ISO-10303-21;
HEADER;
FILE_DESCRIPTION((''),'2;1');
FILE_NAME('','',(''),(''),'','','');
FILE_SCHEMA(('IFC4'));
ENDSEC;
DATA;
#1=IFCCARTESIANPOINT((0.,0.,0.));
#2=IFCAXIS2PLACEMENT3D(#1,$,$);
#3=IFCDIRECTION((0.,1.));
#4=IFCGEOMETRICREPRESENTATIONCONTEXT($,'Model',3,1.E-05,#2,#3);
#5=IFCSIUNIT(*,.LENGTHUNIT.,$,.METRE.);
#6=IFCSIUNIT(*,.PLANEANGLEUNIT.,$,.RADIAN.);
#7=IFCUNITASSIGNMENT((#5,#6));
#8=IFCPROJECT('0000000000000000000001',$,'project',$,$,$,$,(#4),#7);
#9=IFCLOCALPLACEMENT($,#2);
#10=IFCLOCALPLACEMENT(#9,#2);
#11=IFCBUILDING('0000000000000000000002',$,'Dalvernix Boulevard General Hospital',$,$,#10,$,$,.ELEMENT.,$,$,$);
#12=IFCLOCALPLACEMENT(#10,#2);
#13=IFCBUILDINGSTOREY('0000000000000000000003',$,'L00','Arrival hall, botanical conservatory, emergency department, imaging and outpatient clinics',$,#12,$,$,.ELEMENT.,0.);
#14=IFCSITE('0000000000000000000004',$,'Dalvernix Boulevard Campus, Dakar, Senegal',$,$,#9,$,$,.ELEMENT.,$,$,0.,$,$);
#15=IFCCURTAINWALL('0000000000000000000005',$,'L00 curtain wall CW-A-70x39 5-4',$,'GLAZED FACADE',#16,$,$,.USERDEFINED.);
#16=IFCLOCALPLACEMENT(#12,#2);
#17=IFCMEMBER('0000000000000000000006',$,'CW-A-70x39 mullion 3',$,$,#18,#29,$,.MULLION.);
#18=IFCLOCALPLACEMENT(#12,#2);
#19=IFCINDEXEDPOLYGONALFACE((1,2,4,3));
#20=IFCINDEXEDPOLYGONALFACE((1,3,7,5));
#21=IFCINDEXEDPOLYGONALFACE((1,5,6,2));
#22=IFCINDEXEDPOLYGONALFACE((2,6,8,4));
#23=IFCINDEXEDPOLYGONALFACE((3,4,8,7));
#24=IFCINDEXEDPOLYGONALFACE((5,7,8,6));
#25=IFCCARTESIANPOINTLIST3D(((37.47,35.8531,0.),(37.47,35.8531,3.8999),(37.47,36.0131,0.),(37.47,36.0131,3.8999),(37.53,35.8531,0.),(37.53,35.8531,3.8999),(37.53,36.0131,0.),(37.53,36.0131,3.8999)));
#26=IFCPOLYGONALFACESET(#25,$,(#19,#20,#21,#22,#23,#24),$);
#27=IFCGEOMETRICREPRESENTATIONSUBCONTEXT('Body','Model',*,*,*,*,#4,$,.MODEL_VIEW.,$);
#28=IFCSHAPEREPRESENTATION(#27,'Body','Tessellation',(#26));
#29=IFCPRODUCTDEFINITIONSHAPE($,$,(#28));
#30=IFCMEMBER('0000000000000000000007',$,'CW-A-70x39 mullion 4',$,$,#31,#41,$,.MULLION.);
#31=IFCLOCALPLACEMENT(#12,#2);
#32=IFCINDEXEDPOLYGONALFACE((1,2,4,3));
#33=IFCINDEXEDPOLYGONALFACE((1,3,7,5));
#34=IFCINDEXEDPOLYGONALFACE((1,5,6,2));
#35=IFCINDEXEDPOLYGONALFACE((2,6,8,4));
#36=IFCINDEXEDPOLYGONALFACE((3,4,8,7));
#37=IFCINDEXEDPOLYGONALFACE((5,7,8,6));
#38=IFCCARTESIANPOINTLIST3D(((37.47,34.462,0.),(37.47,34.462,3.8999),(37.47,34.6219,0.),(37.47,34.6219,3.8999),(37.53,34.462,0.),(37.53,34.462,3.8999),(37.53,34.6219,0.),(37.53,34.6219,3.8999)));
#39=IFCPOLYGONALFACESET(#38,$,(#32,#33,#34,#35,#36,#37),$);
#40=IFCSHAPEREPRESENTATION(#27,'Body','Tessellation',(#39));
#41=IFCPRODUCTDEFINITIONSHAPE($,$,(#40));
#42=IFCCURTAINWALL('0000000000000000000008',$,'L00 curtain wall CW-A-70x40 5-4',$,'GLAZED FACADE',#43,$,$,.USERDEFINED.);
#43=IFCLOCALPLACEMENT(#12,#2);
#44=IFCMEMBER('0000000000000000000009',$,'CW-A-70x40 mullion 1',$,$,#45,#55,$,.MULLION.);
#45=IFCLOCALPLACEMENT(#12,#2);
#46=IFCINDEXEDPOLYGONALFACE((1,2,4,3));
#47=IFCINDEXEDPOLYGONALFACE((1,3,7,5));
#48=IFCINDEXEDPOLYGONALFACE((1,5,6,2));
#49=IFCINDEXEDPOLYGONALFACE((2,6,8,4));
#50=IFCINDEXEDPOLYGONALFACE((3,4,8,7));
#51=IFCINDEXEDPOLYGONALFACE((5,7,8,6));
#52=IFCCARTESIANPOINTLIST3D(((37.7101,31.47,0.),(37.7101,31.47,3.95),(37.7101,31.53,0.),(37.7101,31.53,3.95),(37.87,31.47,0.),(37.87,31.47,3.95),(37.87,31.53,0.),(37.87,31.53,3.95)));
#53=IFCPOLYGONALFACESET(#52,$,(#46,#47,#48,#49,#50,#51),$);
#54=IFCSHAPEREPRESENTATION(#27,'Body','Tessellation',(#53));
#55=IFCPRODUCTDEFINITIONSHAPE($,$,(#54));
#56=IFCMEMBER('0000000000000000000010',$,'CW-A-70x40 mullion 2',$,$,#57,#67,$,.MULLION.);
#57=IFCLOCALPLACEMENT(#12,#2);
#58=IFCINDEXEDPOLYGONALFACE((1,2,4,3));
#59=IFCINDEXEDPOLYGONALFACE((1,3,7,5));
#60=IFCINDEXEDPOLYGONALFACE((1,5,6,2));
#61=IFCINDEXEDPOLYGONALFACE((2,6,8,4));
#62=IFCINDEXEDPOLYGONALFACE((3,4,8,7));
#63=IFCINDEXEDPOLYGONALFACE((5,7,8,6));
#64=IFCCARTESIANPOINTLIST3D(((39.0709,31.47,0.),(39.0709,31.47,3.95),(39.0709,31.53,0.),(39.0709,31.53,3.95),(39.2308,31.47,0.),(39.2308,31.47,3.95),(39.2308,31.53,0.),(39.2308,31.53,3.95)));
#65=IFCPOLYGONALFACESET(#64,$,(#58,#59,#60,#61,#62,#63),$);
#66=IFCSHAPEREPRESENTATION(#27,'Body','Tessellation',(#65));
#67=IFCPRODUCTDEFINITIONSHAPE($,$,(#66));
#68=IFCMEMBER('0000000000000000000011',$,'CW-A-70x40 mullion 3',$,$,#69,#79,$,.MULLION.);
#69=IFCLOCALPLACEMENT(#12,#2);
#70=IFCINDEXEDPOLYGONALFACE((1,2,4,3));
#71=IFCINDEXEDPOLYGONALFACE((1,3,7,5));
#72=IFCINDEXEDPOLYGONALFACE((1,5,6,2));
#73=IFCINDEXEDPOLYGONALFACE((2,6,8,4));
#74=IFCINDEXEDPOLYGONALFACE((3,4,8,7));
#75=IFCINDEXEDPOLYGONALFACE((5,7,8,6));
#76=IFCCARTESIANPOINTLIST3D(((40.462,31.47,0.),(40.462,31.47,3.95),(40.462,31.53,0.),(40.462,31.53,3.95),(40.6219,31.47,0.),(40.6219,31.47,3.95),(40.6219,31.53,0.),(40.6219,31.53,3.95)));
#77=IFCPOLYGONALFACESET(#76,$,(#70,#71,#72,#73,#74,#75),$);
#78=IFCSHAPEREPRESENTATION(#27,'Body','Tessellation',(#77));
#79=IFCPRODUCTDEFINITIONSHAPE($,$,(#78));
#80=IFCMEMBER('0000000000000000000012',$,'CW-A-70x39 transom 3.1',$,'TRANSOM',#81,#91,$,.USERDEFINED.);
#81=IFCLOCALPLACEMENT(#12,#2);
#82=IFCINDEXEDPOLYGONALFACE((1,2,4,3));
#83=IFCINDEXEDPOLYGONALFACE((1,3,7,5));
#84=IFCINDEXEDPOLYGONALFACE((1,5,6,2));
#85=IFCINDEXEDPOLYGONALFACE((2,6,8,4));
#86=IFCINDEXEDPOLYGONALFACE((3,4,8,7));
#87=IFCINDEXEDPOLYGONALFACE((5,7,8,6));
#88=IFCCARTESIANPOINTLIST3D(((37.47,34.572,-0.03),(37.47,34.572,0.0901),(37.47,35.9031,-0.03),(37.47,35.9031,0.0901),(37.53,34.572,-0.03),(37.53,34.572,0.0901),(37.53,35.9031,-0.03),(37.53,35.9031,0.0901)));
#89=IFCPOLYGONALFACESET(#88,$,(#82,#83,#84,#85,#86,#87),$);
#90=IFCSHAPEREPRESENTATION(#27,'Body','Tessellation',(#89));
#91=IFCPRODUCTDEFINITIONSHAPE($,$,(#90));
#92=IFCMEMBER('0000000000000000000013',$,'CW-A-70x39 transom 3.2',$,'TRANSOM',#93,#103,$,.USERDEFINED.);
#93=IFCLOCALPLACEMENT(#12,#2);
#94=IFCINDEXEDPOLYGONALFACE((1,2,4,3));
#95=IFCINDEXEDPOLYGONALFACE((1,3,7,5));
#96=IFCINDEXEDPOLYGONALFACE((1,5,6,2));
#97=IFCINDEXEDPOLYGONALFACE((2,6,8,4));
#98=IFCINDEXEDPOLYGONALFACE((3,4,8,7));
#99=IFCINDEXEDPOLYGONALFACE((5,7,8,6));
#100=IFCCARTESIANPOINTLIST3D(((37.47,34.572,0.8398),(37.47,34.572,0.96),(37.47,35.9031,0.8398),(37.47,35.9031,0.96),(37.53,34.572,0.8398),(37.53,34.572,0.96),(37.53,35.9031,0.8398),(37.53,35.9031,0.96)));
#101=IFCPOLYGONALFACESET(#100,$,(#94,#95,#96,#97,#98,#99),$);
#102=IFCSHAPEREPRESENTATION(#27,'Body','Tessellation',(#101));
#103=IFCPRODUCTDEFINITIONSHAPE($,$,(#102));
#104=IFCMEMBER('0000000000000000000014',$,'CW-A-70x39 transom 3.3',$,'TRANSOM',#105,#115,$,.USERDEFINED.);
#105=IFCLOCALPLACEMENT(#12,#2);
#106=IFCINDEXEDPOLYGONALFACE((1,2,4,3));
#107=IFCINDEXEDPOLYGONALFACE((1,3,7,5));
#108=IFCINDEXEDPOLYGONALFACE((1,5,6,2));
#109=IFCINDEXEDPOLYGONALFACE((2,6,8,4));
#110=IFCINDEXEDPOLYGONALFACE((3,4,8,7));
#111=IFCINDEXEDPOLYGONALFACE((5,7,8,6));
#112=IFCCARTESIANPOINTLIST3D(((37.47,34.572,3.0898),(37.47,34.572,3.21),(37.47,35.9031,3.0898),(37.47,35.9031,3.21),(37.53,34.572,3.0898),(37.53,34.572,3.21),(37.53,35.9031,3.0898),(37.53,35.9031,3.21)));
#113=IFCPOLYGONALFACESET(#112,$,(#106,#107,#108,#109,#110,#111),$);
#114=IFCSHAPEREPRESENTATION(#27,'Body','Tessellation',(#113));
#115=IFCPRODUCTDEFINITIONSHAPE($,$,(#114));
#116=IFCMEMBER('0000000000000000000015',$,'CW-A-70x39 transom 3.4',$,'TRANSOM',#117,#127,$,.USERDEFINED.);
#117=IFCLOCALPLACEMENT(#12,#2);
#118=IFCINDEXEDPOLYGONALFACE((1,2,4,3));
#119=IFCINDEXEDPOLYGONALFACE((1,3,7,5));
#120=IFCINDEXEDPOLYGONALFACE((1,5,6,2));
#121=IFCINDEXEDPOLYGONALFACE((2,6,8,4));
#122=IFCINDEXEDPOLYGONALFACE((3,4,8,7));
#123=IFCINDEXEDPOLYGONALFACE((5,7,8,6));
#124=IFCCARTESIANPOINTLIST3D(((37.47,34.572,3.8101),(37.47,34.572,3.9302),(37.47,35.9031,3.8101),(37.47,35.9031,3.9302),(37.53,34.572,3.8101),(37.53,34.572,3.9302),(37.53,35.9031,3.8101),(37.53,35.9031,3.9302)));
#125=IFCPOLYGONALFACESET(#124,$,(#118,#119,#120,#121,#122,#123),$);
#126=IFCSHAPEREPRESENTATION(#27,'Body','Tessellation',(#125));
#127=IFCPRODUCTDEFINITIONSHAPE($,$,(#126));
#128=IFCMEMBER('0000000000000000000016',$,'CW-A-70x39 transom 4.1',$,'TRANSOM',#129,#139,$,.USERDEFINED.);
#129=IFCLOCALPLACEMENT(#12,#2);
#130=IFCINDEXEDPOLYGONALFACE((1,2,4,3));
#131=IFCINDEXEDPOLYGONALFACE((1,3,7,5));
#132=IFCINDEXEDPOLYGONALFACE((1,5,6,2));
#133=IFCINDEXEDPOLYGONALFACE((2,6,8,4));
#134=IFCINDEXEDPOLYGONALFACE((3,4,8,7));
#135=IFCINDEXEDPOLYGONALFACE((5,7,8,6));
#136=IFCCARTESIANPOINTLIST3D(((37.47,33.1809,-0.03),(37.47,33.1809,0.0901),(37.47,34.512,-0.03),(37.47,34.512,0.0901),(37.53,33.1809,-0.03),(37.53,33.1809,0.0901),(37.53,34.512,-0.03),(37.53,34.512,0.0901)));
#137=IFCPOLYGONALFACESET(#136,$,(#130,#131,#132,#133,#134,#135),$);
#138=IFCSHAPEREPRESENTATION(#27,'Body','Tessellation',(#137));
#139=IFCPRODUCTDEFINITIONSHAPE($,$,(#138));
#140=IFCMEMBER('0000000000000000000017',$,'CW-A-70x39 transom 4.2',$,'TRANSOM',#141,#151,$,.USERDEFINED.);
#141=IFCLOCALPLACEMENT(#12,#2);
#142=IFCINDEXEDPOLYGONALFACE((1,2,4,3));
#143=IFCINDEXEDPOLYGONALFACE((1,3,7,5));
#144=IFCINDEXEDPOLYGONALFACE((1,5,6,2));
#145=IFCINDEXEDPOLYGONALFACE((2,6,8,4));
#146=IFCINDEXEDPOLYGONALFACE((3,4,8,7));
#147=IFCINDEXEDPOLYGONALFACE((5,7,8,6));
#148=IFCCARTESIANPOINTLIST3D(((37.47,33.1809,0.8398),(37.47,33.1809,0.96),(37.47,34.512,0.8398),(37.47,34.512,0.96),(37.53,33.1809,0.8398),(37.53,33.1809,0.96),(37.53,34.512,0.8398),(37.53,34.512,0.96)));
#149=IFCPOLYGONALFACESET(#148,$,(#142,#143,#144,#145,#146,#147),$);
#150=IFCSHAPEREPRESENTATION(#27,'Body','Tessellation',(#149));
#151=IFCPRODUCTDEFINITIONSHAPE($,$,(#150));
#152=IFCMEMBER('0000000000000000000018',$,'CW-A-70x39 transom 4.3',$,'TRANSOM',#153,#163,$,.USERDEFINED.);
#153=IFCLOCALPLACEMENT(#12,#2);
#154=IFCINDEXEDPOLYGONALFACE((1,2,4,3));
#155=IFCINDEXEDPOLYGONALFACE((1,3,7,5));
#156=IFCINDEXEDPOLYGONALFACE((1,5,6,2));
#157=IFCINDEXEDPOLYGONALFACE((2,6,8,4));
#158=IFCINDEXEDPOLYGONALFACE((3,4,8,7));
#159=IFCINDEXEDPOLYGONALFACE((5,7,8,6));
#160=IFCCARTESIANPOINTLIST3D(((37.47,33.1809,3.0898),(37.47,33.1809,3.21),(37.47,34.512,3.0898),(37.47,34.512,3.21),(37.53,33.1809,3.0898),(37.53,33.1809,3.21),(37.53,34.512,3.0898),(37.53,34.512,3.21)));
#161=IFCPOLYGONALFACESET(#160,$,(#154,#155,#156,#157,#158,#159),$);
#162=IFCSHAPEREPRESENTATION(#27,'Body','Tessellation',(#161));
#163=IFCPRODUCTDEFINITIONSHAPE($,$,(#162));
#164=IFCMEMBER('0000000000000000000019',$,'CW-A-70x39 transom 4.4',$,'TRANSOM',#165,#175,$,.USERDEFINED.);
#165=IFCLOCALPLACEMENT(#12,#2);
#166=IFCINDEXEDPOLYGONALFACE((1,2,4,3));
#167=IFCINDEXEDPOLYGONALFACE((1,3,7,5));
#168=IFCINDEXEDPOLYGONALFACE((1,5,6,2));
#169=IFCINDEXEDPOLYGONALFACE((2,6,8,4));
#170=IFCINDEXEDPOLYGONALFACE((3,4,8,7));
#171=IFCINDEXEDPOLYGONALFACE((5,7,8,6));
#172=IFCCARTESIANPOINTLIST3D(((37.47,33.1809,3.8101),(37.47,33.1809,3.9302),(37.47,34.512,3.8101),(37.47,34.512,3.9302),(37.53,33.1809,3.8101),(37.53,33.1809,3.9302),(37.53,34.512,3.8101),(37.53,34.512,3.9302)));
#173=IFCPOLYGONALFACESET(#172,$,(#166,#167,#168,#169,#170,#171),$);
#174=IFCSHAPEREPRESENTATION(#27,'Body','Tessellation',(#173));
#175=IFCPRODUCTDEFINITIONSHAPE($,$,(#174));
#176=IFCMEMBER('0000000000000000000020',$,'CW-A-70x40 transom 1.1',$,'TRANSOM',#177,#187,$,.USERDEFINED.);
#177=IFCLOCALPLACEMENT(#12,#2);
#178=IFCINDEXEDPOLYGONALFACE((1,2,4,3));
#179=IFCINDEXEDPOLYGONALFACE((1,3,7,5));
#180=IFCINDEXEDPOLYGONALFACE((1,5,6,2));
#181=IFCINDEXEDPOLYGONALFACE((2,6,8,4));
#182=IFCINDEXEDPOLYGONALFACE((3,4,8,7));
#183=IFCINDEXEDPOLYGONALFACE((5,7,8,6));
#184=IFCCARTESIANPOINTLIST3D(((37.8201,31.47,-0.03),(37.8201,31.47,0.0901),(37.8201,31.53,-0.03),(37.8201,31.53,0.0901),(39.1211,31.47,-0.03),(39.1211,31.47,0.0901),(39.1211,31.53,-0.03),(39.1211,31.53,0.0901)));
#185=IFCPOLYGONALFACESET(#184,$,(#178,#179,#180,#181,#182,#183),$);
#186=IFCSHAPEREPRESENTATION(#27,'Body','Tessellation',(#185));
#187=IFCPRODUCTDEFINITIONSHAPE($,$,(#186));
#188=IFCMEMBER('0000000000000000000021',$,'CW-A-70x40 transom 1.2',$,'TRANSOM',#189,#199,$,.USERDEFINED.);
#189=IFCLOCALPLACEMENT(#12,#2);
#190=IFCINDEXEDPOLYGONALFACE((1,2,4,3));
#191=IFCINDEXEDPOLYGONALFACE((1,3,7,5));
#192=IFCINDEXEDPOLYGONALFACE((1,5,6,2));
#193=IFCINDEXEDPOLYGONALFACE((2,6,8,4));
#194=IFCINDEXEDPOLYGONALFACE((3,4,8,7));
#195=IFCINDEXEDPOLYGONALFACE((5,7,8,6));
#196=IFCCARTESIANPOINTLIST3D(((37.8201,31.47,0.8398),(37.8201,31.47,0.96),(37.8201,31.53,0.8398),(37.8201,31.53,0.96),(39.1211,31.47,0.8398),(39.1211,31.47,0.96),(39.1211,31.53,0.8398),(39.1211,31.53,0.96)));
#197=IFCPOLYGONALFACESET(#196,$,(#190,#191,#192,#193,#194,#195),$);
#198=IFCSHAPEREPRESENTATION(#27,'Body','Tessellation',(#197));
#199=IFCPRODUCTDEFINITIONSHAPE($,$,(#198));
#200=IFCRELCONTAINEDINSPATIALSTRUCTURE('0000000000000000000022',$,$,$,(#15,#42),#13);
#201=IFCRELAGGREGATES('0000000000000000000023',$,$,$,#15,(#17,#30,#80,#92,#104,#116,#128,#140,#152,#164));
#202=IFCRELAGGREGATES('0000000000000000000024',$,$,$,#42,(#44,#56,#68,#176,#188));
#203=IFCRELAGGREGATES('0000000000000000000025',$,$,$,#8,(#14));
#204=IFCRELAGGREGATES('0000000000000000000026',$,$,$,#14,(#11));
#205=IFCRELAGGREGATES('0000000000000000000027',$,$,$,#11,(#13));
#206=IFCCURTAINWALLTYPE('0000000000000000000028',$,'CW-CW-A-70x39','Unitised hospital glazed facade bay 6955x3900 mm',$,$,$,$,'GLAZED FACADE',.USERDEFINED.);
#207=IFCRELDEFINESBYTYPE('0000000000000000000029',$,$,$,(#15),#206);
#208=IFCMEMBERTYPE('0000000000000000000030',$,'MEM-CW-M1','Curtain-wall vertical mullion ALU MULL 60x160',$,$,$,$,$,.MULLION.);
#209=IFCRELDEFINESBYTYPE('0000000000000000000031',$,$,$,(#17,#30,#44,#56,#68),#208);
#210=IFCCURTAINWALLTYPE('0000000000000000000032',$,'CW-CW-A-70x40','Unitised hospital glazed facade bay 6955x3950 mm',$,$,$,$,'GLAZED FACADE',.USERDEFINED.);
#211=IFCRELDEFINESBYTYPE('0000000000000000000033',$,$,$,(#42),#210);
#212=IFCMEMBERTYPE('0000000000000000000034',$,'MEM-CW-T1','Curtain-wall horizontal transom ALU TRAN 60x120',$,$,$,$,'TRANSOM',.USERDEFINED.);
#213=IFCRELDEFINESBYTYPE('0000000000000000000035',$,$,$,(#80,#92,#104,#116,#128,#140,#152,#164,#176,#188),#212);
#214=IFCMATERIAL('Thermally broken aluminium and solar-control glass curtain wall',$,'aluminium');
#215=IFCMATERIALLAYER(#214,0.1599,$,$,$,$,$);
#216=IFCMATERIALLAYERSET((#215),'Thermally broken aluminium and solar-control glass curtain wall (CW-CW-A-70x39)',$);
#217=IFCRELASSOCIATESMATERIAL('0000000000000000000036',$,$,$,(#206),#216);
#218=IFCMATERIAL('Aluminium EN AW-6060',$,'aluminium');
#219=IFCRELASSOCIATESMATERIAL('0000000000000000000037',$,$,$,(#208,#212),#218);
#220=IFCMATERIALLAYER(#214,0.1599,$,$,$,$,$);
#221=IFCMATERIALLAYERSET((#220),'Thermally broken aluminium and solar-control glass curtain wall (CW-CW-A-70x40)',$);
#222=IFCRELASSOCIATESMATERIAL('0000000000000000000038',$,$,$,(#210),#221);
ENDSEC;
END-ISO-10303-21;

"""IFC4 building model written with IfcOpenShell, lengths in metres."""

from ifc_helpers import new_model, si_unit, direction, frame, origin, origin_2d, place, context, subcontext, project, spatial, rectangle, extrude, material, layer, layer_set, material_profile, profile_set, type_object, element, aggregate, save


model = new_model("IFC4")

# Units and contexts
model_context = context("Model", 3, precision=1e-05, world=origin(), true_north=direction((0.0, 1.0)))
body_context = subcontext(model_context, "Body", "Model", "MODEL_VIEW")
ifc_project = project(units=[si_unit("LENGTHUNIT", "METRE"), si_unit("PLANEANGLEUNIT", "RADIAN")], contexts=[model_context])

# Site, building, storey
site_placement = place(None, origin())
site = spatial("IfcSite", under=ifc_project, at=site_placement, Name="Dalvernix Boulevard Campus, Dakar, Senegal", CompositionType="ELEMENT", RefElevation=0.0)
building_placement = place(site_placement, origin())
building = spatial("IfcBuilding", under=site, at=building_placement, Name="Dalvernix Boulevard General Hospital", CompositionType="ELEMENT")
storey_placement = place(building_placement, origin())
storey = spatial("IfcBuildingStorey", under=building, at=storey_placement, Name="L00", Description="Arrival hall, botanical conservatory, emergency department, imaging and outpatient clinics", CompositionType="ELEMENT", Elevation=0.0)

# Curtain walls, members
ifc_material_1 = material(Name="Thermally broken aluminium and solar-control glass curtain wall", Category="aluminium")
ifc_layer_1 = layer(ifc_material_1, 0.1599)
ifc_layer_set_1 = layer_set([ifc_layer_1], Name="Thermally broken aluminium and solar-control glass curtain wall (CW-CW-A-70x39)")
curtain_wall_type_1 = type_object("IfcCurtainWallType", Name="CW-CW-A-70x39", Description="Unitised hospital glazed facade bay 6955x3900 mm", ElementType="GLAZED FACADE", PredefinedType="USERDEFINED", material=ifc_layer_set_1)
curtain_wall_1_placement = place(storey_placement, origin())
curtain_wall_1 = element("IfcCurtainWall", 1, at=curtain_wall_1_placement, inside=storey, type_object=curtain_wall_type_1, Name="L00 curtain wall CW-A-70x39 5-4", ObjectType="GLAZED FACADE", PredefinedType="USERDEFINED")
ifc_material_2 = material(Name="Aluminium EN AW-6060", Category="aluminium")
ifc_material_profile_1 = material_profile(ifc_material_2, rectangle(XDim=0.0601, YDim=0.1599, at=origin_2d()), Name="ALU MULL 60x160")
ifc_profile_set_1 = profile_set([ifc_material_profile_1], Name="Aluminium EN AW-6060")
member_type_1 = type_object("IfcMemberType", Name="MEM-CW-M1", Description="Curtain-wall vertical mullion ALU MULL 60x160", PredefinedType="MULLION", material=ifc_profile_set_1)
member_1_placement = place(storey_placement, frame((37.5, 35.9331, 0.0), z_axis=(0.0, 0.0, 1.0), x_axis=(1.0, 0.0, 0.0)))
member_1 = element("IfcMember", 2, at=member_1_placement, type_object=member_type_1, Name="CW-A-70x39 mullion 3", PredefinedType="MULLION", context=body_context, shape_type="SweptSolid", body=[
    extrude(rectangle(XDim=0.0601, YDim=0.1599, at=origin_2d()), origin(), (0.0, 0.0, 1.0), 3.8999),
])
member_2_placement = place(storey_placement, frame((37.5, 34.542, 0.0), z_axis=(0.0, 0.0, 1.0), x_axis=(1.0, 0.0, 0.0)))
member_2 = element("IfcMember", 3, at=member_2_placement, type_object=member_type_1, Name="CW-A-70x39 mullion 4", PredefinedType="MULLION", context=body_context, shape_type="SweptSolid", body=[
    extrude(rectangle(XDim=0.0601, YDim=0.1599, at=origin_2d()), origin(), (0.0, 0.0, 1.0), 3.8999),
])
ifc_layer_2 = layer(ifc_material_1, 0.1599)
ifc_layer_set_2 = layer_set([ifc_layer_2], Name="Thermally broken aluminium and solar-control glass curtain wall (CW-CW-A-70x40)")
curtain_wall_type_2 = type_object("IfcCurtainWallType", Name="CW-CW-A-70x40", Description="Unitised hospital glazed facade bay 6955x3950 mm", ElementType="GLAZED FACADE", PredefinedType="USERDEFINED", material=ifc_layer_set_2)
curtain_wall_2_placement = place(storey_placement, origin())
curtain_wall_2 = element("IfcCurtainWall", 4, at=curtain_wall_2_placement, inside=storey, type_object=curtain_wall_type_2, Name="L00 curtain wall CW-A-70x40 5-4", ObjectType="GLAZED FACADE", PredefinedType="USERDEFINED")
member_3_placement = place(storey_placement, frame((37.79, 31.5, 0.0), z_axis=(0.0, 0.0, 1.0), x_axis=(0.0, 1.0, 0.0)))
member_3 = element("IfcMember", 5, at=member_3_placement, type_object=member_type_1, Name="CW-A-70x40 mullion 1", PredefinedType="MULLION", context=body_context, shape_type="SweptSolid", body=[
    extrude(rectangle(XDim=0.0601, YDim=0.1599, at=origin_2d()), origin(), (0.0, 0.0, 1.0), 3.95),
])
member_4_placement = place(storey_placement, frame((39.1509, 31.5, 0.0), z_axis=(0.0, 0.0, 1.0), x_axis=(0.0, 1.0, 0.0)))
member_4 = element("IfcMember", 6, at=member_4_placement, type_object=member_type_1, Name="CW-A-70x40 mullion 2", PredefinedType="MULLION", context=body_context, shape_type="SweptSolid", body=[
    extrude(rectangle(XDim=0.0601, YDim=0.1599, at=origin_2d()), origin(), (0.0, 0.0, 1.0), 3.95),
])
member_5_placement = place(storey_placement, frame((40.542, 31.5, 0.0), z_axis=(0.0, 0.0, 1.0), x_axis=(0.0, 1.0, 0.0)))
member_5 = element("IfcMember", 7, at=member_5_placement, type_object=member_type_1, Name="CW-A-70x40 mullion 3", PredefinedType="MULLION", context=body_context, shape_type="SweptSolid", body=[
    extrude(rectangle(XDim=0.0601, YDim=0.1599, at=origin_2d()), origin(), (0.0, 0.0, 1.0), 3.95),
])

# Members
ifc_material_profile_2 = material_profile(ifc_material_2, rectangle(XDim=0.0601, YDim=0.1201, at=origin_2d()), Name="ALU TRAN 60x120")
ifc_profile_set_2 = profile_set([ifc_material_profile_2], Name="Aluminium EN AW-6060")
member_type_2 = type_object("IfcMemberType", Name="MEM-CW-T1", Description="Curtain-wall horizontal transom ALU TRAN 60x120", ElementType="TRANSOM", PredefinedType="USERDEFINED", material=ifc_profile_set_2)
member_6_placement = place(storey_placement, frame((37.5, 35.9031, 0.03), z_axis=(0.0, -1.0, 0.0), x_axis=(1.0, 0.0, 0.0)))
member_6 = element("IfcMember", 8, at=member_6_placement, type_object=member_type_2, Name="CW-A-70x39 transom 3.1", ObjectType="TRANSOM", PredefinedType="USERDEFINED", context=body_context, shape_type="SweptSolid", body=[
    extrude(rectangle(XDim=0.0601, YDim=0.1201, at=origin_2d()), origin(), (0.0, 0.0, 1.0), 1.3311),
])
member_7_placement = place(storey_placement, frame((37.5, 35.9031, 0.8999), z_axis=(0.0, -1.0, 0.0), x_axis=(1.0, 0.0, 0.0)))
member_7 = element("IfcMember", 9, at=member_7_placement, type_object=member_type_2, Name="CW-A-70x39 transom 3.2", ObjectType="TRANSOM", PredefinedType="USERDEFINED", context=body_context, shape_type="SweptSolid", body=[
    extrude(rectangle(XDim=0.0601, YDim=0.1201, at=origin_2d()), origin(), (0.0, 0.0, 1.0), 1.3311),
])
member_8_placement = place(storey_placement, frame((37.5, 35.9031, 3.1499), z_axis=(0.0, -1.0, 0.0), x_axis=(1.0, 0.0, 0.0)))
member_8 = element("IfcMember", 10, at=member_8_placement, type_object=member_type_2, Name="CW-A-70x39 transom 3.3", ObjectType="TRANSOM", PredefinedType="USERDEFINED", context=body_context, shape_type="SweptSolid", body=[
    extrude(rectangle(XDim=0.0601, YDim=0.1201, at=origin_2d()), origin(), (0.0, 0.0, 1.0), 1.3311),
])
member_9_placement = place(storey_placement, frame((37.5, 35.9031, 3.8701), z_axis=(0.0, -1.0, 0.0), x_axis=(1.0, 0.0, 0.0)))
member_9 = element("IfcMember", 11, at=member_9_placement, type_object=member_type_2, Name="CW-A-70x39 transom 3.4", ObjectType="TRANSOM", PredefinedType="USERDEFINED", context=body_context, shape_type="SweptSolid", body=[
    extrude(rectangle(XDim=0.0601, YDim=0.1201, at=origin_2d()), origin(), (0.0, 0.0, 1.0), 1.3311),
])
member_10_placement = place(storey_placement, frame((37.5, 34.512, 0.03), z_axis=(0.0, -1.0, 0.0), x_axis=(1.0, 0.0, 0.0)))
member_10 = element("IfcMember", 12, at=member_10_placement, type_object=member_type_2, Name="CW-A-70x39 transom 4.1", ObjectType="TRANSOM", PredefinedType="USERDEFINED", context=body_context, shape_type="SweptSolid", body=[
    extrude(rectangle(XDim=0.0601, YDim=0.1201, at=origin_2d()), origin(), (0.0, 0.0, 1.0), 1.3311),
])
member_11_placement = place(storey_placement, frame((37.5, 34.512, 0.8999), z_axis=(0.0, -1.0, 0.0), x_axis=(1.0, 0.0, 0.0)))
member_11 = element("IfcMember", 13, at=member_11_placement, type_object=member_type_2, Name="CW-A-70x39 transom 4.2", ObjectType="TRANSOM", PredefinedType="USERDEFINED", context=body_context, shape_type="SweptSolid", body=[
    extrude(rectangle(XDim=0.0601, YDim=0.1201, at=origin_2d()), origin(), (0.0, 0.0, 1.0), 1.3311),
])
member_12_placement = place(storey_placement, frame((37.5, 34.512, 3.1499), z_axis=(0.0, -1.0, 0.0), x_axis=(1.0, 0.0, 0.0)))
member_12 = element("IfcMember", 14, at=member_12_placement, type_object=member_type_2, Name="CW-A-70x39 transom 4.3", ObjectType="TRANSOM", PredefinedType="USERDEFINED", context=body_context, shape_type="SweptSolid", body=[
    extrude(rectangle(XDim=0.0601, YDim=0.1201, at=origin_2d()), origin(), (0.0, 0.0, 1.0), 1.3311),
])
member_13_placement = place(storey_placement, frame((37.5, 34.512, 3.8701), z_axis=(0.0, -1.0, 0.0), x_axis=(1.0, 0.0, 0.0)))
member_13 = element("IfcMember", 15, at=member_13_placement, type_object=member_type_2, Name="CW-A-70x39 transom 4.4", ObjectType="TRANSOM", PredefinedType="USERDEFINED", context=body_context, shape_type="SweptSolid", body=[
    extrude(rectangle(XDim=0.0601, YDim=0.1201, at=origin_2d()), origin(), (0.0, 0.0, 1.0), 1.3311),
])
member_14_placement = place(storey_placement, frame((37.8201, 31.5, 0.03), z_axis=(1.0, 0.0, 0.0), x_axis=(0.0, 1.0, 0.0)))
member_14 = element("IfcMember", 16, at=member_14_placement, type_object=member_type_2, Name="CW-A-70x40 transom 1.1", ObjectType="TRANSOM", PredefinedType="USERDEFINED", context=body_context, shape_type="SweptSolid", body=[
    extrude(rectangle(XDim=0.0601, YDim=0.1201, at=origin_2d()), origin(), (0.0, 0.0, 1.0), 1.301),
])
member_15_placement = place(storey_placement, frame((37.8201, 31.5, 0.8999), z_axis=(1.0, 0.0, 0.0), x_axis=(0.0, 1.0, 0.0)))
member_15 = element("IfcMember", 17, at=member_15_placement, type_object=member_type_2, Name="CW-A-70x40 transom 1.2", ObjectType="TRANSOM", PredefinedType="USERDEFINED", context=body_context, shape_type="SweptSolid", body=[
    extrude(rectangle(XDim=0.0601, YDim=0.1201, at=origin_2d()), origin(), (0.0, 0.0, 1.0), 1.301),
])

aggregate(curtain_wall_1, [member_1, member_2, member_6, member_7, member_8, member_9, member_10, member_11, member_12, member_13])
aggregate(curtain_wall_2, [member_3, member_4, member_5, member_14, member_15])

save(model, "model.ifc")
